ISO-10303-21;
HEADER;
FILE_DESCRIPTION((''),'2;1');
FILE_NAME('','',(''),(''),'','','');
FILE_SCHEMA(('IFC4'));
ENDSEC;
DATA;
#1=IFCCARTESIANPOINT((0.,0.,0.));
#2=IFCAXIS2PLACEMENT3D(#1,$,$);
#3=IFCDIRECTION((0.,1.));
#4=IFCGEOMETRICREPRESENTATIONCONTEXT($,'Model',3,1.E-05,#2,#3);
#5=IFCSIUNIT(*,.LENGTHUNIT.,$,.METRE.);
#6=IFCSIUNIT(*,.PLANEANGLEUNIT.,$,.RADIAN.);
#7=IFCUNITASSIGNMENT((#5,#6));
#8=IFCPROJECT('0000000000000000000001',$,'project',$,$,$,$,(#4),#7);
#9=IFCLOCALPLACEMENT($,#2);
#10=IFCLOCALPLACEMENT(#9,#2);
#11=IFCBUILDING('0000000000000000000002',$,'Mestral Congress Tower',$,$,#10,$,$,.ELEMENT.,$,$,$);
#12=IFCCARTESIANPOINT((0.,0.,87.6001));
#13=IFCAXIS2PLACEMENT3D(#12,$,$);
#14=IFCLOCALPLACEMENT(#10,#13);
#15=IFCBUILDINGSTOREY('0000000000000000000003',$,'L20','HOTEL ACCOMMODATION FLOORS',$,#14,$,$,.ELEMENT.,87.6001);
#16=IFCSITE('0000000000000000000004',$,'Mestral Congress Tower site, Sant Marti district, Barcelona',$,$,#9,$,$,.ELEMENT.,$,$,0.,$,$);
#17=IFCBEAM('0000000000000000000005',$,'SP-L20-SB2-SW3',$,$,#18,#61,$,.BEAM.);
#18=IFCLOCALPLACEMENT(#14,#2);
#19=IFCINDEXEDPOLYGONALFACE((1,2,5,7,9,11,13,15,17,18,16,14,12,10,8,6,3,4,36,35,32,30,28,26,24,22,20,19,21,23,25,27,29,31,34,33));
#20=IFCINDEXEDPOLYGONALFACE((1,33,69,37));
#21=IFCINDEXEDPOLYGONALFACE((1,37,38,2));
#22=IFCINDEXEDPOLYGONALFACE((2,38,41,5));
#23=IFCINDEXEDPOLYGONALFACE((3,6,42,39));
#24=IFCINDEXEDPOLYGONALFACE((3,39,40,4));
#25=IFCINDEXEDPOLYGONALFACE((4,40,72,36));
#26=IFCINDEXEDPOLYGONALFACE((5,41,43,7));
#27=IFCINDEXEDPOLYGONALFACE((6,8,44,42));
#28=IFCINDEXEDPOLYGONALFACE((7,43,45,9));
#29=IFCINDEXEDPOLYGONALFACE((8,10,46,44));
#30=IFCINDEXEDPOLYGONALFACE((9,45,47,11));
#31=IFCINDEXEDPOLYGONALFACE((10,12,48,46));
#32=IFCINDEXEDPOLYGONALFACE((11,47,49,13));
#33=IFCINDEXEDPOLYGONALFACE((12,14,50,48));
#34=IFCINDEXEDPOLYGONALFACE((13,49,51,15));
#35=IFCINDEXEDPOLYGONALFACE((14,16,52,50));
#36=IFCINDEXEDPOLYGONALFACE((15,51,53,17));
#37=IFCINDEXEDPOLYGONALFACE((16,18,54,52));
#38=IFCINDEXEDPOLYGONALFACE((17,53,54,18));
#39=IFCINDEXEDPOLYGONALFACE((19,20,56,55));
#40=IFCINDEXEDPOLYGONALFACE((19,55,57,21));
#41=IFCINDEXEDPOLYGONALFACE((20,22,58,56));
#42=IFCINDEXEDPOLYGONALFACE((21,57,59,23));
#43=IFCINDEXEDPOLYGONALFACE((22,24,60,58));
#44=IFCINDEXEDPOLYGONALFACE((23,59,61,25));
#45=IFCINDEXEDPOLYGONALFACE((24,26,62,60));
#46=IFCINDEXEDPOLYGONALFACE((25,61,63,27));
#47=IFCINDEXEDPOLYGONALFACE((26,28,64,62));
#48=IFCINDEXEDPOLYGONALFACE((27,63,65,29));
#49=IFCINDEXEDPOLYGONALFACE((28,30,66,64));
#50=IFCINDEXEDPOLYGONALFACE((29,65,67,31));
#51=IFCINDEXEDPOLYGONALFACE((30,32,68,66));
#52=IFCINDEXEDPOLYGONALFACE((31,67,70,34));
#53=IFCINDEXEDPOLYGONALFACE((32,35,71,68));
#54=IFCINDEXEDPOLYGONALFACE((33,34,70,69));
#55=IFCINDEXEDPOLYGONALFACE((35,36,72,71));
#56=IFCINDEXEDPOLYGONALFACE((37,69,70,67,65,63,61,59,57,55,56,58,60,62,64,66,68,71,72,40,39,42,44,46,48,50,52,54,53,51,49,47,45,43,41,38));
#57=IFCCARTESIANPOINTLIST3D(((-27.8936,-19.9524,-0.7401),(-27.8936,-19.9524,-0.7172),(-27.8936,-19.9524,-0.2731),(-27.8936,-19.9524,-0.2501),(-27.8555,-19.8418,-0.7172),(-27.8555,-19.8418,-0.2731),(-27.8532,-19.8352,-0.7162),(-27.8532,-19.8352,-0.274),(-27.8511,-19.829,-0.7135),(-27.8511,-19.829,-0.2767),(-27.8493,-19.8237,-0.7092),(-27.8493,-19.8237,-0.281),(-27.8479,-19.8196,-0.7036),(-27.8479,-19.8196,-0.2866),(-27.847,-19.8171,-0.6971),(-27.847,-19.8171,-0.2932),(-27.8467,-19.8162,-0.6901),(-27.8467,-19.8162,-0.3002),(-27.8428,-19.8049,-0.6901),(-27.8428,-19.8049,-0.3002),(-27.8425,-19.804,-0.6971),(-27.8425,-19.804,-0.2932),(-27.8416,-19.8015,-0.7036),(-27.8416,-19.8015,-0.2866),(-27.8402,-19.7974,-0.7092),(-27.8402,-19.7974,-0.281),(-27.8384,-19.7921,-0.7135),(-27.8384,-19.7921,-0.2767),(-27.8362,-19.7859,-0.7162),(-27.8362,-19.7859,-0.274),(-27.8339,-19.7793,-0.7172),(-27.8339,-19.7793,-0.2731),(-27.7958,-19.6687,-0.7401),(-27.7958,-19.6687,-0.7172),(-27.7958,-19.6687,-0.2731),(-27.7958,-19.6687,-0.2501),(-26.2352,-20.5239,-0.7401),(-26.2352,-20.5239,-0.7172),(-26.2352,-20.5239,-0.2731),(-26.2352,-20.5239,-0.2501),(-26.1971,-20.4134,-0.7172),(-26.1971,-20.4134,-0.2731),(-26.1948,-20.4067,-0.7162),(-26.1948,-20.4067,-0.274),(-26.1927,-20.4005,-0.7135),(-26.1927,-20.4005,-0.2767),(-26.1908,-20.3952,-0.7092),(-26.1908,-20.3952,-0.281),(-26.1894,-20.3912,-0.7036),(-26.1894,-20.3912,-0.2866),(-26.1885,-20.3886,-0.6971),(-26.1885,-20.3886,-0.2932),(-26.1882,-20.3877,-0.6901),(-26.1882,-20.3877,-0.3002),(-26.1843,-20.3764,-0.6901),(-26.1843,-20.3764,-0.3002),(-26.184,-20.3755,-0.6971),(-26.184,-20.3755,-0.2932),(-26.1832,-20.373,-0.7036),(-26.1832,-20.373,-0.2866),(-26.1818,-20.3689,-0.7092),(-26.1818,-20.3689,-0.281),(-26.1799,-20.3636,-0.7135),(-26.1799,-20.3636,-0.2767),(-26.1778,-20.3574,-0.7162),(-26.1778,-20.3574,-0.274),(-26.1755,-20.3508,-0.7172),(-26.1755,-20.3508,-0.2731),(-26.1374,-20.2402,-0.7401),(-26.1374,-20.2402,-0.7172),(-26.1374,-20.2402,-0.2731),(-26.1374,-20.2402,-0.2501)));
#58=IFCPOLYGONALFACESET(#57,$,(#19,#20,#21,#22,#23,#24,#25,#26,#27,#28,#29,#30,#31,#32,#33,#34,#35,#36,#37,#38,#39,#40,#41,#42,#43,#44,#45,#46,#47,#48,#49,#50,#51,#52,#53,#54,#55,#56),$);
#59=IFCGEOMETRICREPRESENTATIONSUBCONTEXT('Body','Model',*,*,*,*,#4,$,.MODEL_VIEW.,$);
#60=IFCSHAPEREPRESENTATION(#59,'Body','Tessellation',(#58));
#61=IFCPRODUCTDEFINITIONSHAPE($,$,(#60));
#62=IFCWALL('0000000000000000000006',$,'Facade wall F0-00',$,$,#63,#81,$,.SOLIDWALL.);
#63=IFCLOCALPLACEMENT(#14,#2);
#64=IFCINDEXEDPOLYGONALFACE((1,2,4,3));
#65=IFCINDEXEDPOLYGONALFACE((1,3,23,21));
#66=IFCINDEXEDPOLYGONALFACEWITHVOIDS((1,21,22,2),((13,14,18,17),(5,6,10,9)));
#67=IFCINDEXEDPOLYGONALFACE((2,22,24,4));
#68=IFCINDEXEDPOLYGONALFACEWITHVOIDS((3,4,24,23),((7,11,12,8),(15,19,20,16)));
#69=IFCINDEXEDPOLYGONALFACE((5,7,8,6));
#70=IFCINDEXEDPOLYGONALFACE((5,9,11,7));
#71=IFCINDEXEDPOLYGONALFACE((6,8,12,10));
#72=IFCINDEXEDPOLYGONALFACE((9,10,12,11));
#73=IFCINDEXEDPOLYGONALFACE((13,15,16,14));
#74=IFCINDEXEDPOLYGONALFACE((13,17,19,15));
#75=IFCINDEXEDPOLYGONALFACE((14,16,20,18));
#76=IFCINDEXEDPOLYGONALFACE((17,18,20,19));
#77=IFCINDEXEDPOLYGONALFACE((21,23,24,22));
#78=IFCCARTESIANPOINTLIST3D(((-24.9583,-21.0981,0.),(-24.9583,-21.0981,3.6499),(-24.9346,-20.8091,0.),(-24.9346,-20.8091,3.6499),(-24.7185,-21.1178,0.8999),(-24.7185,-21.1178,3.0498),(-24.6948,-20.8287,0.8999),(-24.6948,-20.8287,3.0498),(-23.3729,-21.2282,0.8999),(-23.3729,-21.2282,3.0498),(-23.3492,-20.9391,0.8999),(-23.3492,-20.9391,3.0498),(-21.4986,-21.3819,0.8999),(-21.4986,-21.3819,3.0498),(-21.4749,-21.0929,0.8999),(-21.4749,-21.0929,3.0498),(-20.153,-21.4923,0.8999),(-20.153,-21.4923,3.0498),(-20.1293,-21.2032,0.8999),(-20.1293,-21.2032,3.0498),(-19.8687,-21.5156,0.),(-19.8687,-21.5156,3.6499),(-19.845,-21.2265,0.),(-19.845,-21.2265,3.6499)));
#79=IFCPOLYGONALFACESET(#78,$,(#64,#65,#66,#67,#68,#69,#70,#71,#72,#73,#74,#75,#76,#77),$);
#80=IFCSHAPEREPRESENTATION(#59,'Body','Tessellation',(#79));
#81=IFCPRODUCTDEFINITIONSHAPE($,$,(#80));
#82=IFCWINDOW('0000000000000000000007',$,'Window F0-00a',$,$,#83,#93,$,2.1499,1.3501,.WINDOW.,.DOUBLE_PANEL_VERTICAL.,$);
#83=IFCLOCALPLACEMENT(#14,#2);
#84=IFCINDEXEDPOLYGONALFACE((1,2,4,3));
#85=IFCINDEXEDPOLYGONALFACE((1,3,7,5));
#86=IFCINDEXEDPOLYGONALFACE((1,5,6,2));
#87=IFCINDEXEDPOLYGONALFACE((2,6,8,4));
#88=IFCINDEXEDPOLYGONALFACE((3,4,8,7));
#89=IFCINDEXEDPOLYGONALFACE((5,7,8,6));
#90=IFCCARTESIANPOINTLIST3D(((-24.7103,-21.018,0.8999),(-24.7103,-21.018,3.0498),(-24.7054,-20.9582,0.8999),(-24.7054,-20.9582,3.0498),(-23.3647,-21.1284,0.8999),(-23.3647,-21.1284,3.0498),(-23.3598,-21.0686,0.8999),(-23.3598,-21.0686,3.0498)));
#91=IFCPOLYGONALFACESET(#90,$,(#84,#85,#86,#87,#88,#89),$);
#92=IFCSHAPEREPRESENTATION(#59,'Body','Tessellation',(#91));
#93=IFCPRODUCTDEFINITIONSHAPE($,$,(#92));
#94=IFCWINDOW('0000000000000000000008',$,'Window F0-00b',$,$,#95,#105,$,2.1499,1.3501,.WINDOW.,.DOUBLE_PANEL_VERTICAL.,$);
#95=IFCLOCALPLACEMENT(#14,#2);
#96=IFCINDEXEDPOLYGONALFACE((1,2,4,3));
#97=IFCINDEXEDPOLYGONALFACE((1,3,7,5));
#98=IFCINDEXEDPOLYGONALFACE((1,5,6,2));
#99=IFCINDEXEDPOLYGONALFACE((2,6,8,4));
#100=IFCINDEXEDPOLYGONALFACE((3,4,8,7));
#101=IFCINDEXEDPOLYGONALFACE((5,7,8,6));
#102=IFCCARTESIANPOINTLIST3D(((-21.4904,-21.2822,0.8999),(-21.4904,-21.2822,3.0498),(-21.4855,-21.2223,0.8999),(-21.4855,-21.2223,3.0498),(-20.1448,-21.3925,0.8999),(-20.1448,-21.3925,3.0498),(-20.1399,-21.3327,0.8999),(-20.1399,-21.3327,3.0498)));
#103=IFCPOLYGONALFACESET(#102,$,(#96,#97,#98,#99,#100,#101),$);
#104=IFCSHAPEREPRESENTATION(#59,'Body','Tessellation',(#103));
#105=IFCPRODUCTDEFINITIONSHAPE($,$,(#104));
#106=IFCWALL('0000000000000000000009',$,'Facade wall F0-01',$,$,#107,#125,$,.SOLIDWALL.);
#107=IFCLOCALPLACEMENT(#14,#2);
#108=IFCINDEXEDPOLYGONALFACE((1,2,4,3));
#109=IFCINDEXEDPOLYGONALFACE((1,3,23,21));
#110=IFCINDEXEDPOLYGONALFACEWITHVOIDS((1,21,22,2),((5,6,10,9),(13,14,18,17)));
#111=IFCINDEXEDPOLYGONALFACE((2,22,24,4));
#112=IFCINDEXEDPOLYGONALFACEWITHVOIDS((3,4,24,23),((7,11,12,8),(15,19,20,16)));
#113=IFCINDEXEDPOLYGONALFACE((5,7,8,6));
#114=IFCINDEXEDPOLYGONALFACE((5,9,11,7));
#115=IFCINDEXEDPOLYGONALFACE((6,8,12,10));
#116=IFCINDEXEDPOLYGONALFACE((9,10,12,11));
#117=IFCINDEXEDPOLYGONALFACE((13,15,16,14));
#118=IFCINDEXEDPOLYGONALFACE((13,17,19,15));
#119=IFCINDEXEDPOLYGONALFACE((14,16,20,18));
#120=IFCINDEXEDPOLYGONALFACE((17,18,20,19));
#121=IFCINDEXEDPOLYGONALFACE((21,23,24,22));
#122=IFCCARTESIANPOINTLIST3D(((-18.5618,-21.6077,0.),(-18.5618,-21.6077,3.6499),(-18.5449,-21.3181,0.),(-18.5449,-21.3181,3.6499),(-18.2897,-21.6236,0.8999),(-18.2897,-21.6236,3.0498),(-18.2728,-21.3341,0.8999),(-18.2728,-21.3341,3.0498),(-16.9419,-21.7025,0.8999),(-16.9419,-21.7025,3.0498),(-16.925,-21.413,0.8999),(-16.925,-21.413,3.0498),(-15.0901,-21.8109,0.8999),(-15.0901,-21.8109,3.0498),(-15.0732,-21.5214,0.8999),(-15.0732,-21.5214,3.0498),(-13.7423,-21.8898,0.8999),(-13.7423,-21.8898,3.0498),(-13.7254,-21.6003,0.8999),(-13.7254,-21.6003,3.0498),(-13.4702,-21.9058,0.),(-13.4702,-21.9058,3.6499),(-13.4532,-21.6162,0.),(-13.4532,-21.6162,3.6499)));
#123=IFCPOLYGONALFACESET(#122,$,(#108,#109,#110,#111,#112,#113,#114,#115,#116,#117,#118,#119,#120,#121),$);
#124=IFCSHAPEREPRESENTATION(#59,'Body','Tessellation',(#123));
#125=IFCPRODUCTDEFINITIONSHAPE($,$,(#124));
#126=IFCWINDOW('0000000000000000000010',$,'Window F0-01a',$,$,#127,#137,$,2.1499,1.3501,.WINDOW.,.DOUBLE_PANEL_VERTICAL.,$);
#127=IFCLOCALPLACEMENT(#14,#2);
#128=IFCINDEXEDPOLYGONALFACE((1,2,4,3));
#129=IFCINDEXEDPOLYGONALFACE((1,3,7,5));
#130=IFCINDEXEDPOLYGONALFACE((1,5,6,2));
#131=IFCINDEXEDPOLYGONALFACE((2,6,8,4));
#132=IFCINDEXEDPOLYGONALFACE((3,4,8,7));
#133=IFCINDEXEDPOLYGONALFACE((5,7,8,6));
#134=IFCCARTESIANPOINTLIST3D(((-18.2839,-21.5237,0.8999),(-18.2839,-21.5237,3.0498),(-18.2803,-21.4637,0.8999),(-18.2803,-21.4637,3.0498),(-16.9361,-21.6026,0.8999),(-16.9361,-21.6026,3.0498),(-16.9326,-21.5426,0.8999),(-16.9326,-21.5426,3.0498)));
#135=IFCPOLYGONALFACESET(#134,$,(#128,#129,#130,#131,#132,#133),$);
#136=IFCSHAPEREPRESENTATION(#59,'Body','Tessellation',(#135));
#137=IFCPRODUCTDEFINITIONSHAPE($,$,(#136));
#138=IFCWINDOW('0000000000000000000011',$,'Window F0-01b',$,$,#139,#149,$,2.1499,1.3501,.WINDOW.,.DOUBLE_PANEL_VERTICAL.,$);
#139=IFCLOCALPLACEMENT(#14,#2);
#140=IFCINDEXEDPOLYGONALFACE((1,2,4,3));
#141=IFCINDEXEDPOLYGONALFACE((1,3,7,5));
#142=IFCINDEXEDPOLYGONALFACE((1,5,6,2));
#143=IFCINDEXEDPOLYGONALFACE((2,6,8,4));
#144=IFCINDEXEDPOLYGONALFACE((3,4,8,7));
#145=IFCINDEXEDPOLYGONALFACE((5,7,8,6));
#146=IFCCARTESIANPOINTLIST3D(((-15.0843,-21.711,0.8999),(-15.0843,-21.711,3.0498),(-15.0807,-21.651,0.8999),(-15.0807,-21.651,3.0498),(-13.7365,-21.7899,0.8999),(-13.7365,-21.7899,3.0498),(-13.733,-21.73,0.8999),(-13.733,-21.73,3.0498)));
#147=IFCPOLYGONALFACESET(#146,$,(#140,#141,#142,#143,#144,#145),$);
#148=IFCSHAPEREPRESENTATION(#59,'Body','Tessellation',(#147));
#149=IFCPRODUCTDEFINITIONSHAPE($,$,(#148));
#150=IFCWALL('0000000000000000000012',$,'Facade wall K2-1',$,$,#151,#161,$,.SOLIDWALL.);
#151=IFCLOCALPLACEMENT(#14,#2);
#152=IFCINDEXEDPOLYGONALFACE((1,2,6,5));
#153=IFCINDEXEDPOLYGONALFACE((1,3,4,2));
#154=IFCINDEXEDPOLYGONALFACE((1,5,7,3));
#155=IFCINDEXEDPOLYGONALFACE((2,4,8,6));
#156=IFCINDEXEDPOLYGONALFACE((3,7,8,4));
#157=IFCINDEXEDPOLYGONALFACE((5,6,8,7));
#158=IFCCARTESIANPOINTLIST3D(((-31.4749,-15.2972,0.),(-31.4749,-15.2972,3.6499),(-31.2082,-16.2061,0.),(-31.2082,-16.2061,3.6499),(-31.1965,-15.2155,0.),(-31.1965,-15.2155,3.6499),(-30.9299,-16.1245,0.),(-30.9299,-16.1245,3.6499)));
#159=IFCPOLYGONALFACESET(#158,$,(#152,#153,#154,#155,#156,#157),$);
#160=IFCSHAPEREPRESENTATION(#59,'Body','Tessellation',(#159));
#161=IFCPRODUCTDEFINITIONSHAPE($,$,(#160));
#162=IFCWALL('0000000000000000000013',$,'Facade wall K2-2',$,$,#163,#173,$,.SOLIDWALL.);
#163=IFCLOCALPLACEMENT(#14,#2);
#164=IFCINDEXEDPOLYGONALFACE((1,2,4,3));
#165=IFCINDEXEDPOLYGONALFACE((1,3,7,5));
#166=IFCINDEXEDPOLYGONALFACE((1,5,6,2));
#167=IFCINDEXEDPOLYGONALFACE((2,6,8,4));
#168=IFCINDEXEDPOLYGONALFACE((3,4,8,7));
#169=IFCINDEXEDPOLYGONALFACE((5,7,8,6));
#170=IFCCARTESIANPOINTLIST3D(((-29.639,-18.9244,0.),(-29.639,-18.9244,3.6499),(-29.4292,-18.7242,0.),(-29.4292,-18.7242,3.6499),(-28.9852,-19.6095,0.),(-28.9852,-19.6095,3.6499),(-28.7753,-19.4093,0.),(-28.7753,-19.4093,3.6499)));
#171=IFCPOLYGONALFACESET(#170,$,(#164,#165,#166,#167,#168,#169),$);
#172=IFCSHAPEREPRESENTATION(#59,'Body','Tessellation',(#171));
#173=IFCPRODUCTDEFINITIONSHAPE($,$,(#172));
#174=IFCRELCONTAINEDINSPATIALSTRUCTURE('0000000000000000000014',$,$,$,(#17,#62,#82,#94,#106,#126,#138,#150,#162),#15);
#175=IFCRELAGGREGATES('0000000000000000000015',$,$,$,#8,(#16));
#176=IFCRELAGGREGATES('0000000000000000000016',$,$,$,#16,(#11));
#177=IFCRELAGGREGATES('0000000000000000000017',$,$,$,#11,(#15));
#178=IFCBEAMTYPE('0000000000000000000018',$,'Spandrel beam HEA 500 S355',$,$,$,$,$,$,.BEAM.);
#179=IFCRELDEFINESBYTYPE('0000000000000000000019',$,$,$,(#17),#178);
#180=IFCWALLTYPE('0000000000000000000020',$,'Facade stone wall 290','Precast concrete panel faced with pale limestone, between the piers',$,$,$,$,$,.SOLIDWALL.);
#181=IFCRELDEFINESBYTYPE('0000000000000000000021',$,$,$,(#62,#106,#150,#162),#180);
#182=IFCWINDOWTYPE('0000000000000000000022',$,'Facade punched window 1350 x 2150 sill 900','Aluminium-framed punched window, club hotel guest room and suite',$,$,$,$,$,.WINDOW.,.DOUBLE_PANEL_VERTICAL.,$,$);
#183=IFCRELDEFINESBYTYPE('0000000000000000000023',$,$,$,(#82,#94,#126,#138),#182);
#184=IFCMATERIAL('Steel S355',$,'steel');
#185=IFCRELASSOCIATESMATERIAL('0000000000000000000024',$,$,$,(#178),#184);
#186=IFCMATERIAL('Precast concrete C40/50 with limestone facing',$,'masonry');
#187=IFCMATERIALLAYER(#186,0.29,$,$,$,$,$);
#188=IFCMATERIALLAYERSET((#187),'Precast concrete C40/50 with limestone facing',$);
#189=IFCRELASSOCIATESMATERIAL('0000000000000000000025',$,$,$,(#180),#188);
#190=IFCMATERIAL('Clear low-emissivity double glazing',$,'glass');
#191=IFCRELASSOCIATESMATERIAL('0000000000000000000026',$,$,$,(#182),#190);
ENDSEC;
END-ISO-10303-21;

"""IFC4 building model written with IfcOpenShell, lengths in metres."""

from ifc_helpers import new_model, si_unit, direction, frame, frame_2d, origin, origin_2d, place, context, subcontext, project, spatial, rectangle, i_section, extrude, material, layer, layer_set, material_profile, profile_set, type_object, element, fill, save


model = new_model("IFC4")

# Units and contexts
model_context = context("Model", 3, precision=1e-05, world=origin(), true_north=direction((0.0, 1.0)))
body_context = subcontext(model_context, "Body", "Model", "MODEL_VIEW")
ifc_project = project(units=[si_unit("LENGTHUNIT", "METRE"), si_unit("PLANEANGLEUNIT", "RADIAN")], contexts=[model_context])

# Site, building, storey
site_placement = place(None, origin())
site = spatial("IfcSite", under=ifc_project, at=site_placement, Name="Mestral Congress Tower site, Sant Marti district, Barcelona", CompositionType="ELEMENT", RefElevation=0.0)
building_placement = place(site_placement, origin())
building = spatial("IfcBuilding", under=site, at=building_placement, Name="Mestral Congress Tower", CompositionType="ELEMENT")
storey_placement = place(building_placement, frame((0.0, 0.0, 87.6001)))
storey = spatial("IfcBuildingStorey", under=building, at=storey_placement, Name="L20", Description="HOTEL ACCOMMODATION FLOORS", CompositionType="ELEMENT", Elevation=87.6001)

# Beam
ifc_material_1 = material(Name="Steel S355", Category="steel")
ifc_material_profile_1 = material_profile(ifc_material_1, i_section(OverallWidth=0.3, OverallDepth=0.49, WebThickness=0.012, FlangeThickness=0.0229, FilletRadius=0.0271, at=origin_2d()), Name="HEA 500")
ifc_profile_set_1 = profile_set([ifc_material_profile_1], Name="Steel S355")
beam_type_1 = type_object("IfcBeamType", Name="Spandrel beam HEA 500 S355", PredefinedType="BEAM", material=ifc_profile_set_1)
beam_1_placement = place(storey_placement, frame((-27.8447, -19.8105, -0.4951), z_axis=(0.945434, -0.325815, 0.0), x_axis=(0.325815, 0.945434, 0.0)))
element("IfcBeam", 1, at=beam_1_placement, inside=storey, type_object=beam_type_1, Name="SP-L20-SB2-SW3", PredefinedType="BEAM", context=body_context, shape_type="SweptSolid", body=[
    extrude(i_section(OverallWidth=0.3, OverallDepth=0.49, WebThickness=0.012, FlangeThickness=0.0229, FilletRadius=0.0271, at=origin_2d()), origin(), (0.0, 0.0, 1.0), 1.7542),
])

# Walls, openings, windows
ifc_material_2 = material(Name="Precast concrete C40/50 with limestone facing", Category="masonry")
ifc_layer_1 = layer(ifc_material_2, 0.29)
ifc_layer_set_1 = layer_set([ifc_layer_1], Name="Precast concrete C40/50 with limestone facing")
wall_type_1 = type_object("IfcWallType", Name="Facade stone wall 290", Description="Precast concrete panel faced with pale limestone, between the piers", PredefinedType="SOLIDWALL", material=ifc_layer_set_1)
wall_1_placement = place(storey_placement, frame((-24.9463, -20.9536, 0.0), z_axis=(0.0, 0.0, 1.0), x_axis=(0.996653, -0.081752, 0.0)))
wall_1 = element("IfcWall", 2, at=wall_1_placement, inside=storey, type_object=wall_type_1, Name="Facade wall F0-00", PredefinedType="SOLIDWALL", context=body_context, shape_type="SweptSolid", body=[
    extrude(rectangle(XDim=5.1067, YDim=0.29, at=frame_2d((2.5532, 0.0))), origin(), (0.0, 0.0, 1.0), 3.6499),
])
opening_1_placement = place(wall_1_placement, frame((0.2405, 0.0, 0.8999)))
opening_1 = element("IfcOpeningElement", 3, at=opening_1_placement, cuts=wall_1, PredefinedType="OPENING", context=body_context, shape_type="SweptSolid", body=[
    extrude(rectangle(XDim=1.3501, YDim=2.1499, at=frame_2d((0.675, 1.075))), frame((0.0, 0.155, 0.0), z_axis=(0.0, -1.0, 0.0), x_axis=(1.0, 0.0, 0.0)), (0.0, 0.0, 1.0), 0.3101),
])
opening_2_placement = place(wall_1_placement, frame((3.4712, 0.0, 0.8999)))
opening_2 = element("IfcOpeningElement", 4, at=opening_2_placement, cuts=wall_1, PredefinedType="OPENING", context=body_context, shape_type="SweptSolid", body=[
    extrude(rectangle(XDim=1.3501, YDim=2.1499, at=frame_2d((0.675, 1.075))), frame((0.0, 0.155, 0.0), z_axis=(0.0, -1.0, 0.0), x_axis=(1.0, 0.0, 0.0)), (0.0, 0.0, 1.0), 0.3101),
])
ifc_material_3 = material(Name="Clear low-emissivity double glazing", Category="glass")
window_type_1 = type_object("IfcWindowType", Name="Facade punched window 1350 x 2150 sill 900", Description="Aluminium-framed punched window, club hotel guest room and suite", PartitioningType="DOUBLE_PANEL_VERTICAL", PredefinedType="WINDOW", material=ifc_material_3)
window_1_placement = place(opening_1_placement, origin())
window_1 = element("IfcWindow", 5, at=window_1_placement, inside=storey, type_object=window_type_1, Name="Window F0-00a", OverallHeight=2.1499, OverallWidth=1.3501, PartitioningType="DOUBLE_PANEL_VERTICAL", PredefinedType="WINDOW", context=body_context, shape_type="SweptSolid", body=[
    extrude(rectangle(XDim=1.3501, YDim=2.1499, at=frame_2d((0.675, 1.075))), frame((0.0, 0.0151, 0.0), z_axis=(0.0, -1.0, 0.0), x_axis=(1.0, 0.0, 0.0)), (0.0, 0.0, 1.0), 0.0601),
])
fill(opening_1, window_1)
window_2_placement = place(opening_2_placement, origin())
window_2 = element("IfcWindow", 6, at=window_2_placement, inside=storey, type_object=window_type_1, Name="Window F0-00b", OverallHeight=2.1499, OverallWidth=1.3501, PartitioningType="DOUBLE_PANEL_VERTICAL", PredefinedType="WINDOW", context=body_context, shape_type="SweptSolid", body=[
    extrude(rectangle(XDim=1.3501, YDim=2.1499, at=frame_2d((0.675, 1.075))), frame((0.0, 0.0151, 0.0), z_axis=(0.0, -1.0, 0.0), x_axis=(1.0, 0.0, 0.0)), (0.0, 0.0, 1.0), 0.0601),
])
fill(opening_2, window_2)
wall_2_placement = place(storey_placement, frame((-18.5535, -21.4629, 0.0), z_axis=(0.0, 0.0, 1.0), x_axis=(0.998291, -0.058447, 0.0)))
wall_2 = element("IfcWall", 7, at=wall_2_placement, inside=storey, type_object=wall_type_1, Name="Facade wall F0-01", PredefinedType="SOLIDWALL", context=body_context, shape_type="SweptSolid", body=[
    extrude(rectangle(XDim=5.1003, YDim=0.29, at=frame_2d((2.5503, 0.0))), origin(), (0.0, 0.0, 1.0), 3.6499),
])
opening_3_placement = place(wall_2_placement, frame((0.2727, 0.0, 0.8999)))
opening_3 = element("IfcOpeningElement", 8, at=opening_3_placement, cuts=wall_2, PredefinedType="OPENING", context=body_context, shape_type="SweptSolid", body=[
    extrude(rectangle(XDim=1.3501, YDim=2.1499, at=frame_2d((0.675, 1.075))), frame((0.0, 0.155, 0.0), z_axis=(0.0, -1.0, 0.0), x_axis=(1.0, 0.0, 0.0)), (0.0, 0.0, 1.0), 0.3101),
])
opening_4_placement = place(wall_2_placement, frame((3.4778, 0.0, 0.8999)))
opening_4 = element("IfcOpeningElement", 9, at=opening_4_placement, cuts=wall_2, PredefinedType="OPENING", context=body_context, shape_type="SweptSolid", body=[
    extrude(rectangle(XDim=1.3501, YDim=2.1499, at=frame_2d((0.675, 1.075))), frame((0.0, 0.155, 0.0), z_axis=(0.0, -1.0, 0.0), x_axis=(1.0, 0.0, 0.0)), (0.0, 0.0, 1.0), 0.3101),
])
window_3_placement = place(opening_3_placement, origin())
window_3 = element("IfcWindow", 10, at=window_3_placement, inside=storey, type_object=window_type_1, Name="Window F0-01a", OverallHeight=2.1499, OverallWidth=1.3501, PartitioningType="DOUBLE_PANEL_VERTICAL", PredefinedType="WINDOW", context=body_context, shape_type="SweptSolid", body=[
    extrude(rectangle(XDim=1.3501, YDim=2.1499, at=frame_2d((0.675, 1.075))), frame((0.0, 0.0151, 0.0), z_axis=(0.0, -1.0, 0.0), x_axis=(1.0, 0.0, 0.0)), (0.0, 0.0, 1.0), 0.0601),
])
fill(opening_3, window_3)
window_4_placement = place(opening_4_placement, origin())
window_4 = element("IfcWindow", 11, at=window_4_placement, inside=storey, type_object=window_type_1, Name="Window F0-01b", OverallHeight=2.1499, OverallWidth=1.3501, PartitioningType="DOUBLE_PANEL_VERTICAL", PredefinedType="WINDOW", context=body_context, shape_type="SweptSolid", body=[
    extrude(rectangle(XDim=1.3501, YDim=2.1499, at=frame_2d((0.675, 1.075))), frame((0.0, 0.0151, 0.0), z_axis=(0.0, -1.0, 0.0), x_axis=(1.0, 0.0, 0.0)), (0.0, 0.0, 1.0), 0.0601),
])
fill(opening_4, window_4)

# Walls
wall_3_placement = place(storey_placement, frame((-31.3357, -15.2563, 0.0), z_axis=(0.0, 0.0, 1.0), x_axis=(0.281455, -0.959575, 0.0)))
element("IfcWall", 12, at=wall_3_placement, inside=storey, type_object=wall_type_1, Name="Facade wall K2-1", PredefinedType="SOLIDWALL", context=body_context, shape_type="SweptSolid", body=[
    extrude(rectangle(XDim=0.9473, YDim=0.29, at=frame_2d((0.4736, 0.0))), origin(), (0.0, 0.0, 1.0), 3.6499),
])
wall_4_placement = place(storey_placement, frame((-29.5342, -18.8242, 0.0), z_axis=(0.0, 0.0, 1.0), x_axis=(0.690414, -0.723414, 0.0)))
element("IfcWall", 13, at=wall_4_placement, inside=storey, type_object=wall_type_1, Name="Facade wall K2-2", PredefinedType="SOLIDWALL", context=body_context, shape_type="SweptSolid", body=[
    extrude(rectangle(XDim=0.947, YDim=0.29, at=frame_2d((0.4736, 0.0))), origin(), (0.0, 0.0, 1.0), 3.6499),
])

save(model, "model.ifc")
